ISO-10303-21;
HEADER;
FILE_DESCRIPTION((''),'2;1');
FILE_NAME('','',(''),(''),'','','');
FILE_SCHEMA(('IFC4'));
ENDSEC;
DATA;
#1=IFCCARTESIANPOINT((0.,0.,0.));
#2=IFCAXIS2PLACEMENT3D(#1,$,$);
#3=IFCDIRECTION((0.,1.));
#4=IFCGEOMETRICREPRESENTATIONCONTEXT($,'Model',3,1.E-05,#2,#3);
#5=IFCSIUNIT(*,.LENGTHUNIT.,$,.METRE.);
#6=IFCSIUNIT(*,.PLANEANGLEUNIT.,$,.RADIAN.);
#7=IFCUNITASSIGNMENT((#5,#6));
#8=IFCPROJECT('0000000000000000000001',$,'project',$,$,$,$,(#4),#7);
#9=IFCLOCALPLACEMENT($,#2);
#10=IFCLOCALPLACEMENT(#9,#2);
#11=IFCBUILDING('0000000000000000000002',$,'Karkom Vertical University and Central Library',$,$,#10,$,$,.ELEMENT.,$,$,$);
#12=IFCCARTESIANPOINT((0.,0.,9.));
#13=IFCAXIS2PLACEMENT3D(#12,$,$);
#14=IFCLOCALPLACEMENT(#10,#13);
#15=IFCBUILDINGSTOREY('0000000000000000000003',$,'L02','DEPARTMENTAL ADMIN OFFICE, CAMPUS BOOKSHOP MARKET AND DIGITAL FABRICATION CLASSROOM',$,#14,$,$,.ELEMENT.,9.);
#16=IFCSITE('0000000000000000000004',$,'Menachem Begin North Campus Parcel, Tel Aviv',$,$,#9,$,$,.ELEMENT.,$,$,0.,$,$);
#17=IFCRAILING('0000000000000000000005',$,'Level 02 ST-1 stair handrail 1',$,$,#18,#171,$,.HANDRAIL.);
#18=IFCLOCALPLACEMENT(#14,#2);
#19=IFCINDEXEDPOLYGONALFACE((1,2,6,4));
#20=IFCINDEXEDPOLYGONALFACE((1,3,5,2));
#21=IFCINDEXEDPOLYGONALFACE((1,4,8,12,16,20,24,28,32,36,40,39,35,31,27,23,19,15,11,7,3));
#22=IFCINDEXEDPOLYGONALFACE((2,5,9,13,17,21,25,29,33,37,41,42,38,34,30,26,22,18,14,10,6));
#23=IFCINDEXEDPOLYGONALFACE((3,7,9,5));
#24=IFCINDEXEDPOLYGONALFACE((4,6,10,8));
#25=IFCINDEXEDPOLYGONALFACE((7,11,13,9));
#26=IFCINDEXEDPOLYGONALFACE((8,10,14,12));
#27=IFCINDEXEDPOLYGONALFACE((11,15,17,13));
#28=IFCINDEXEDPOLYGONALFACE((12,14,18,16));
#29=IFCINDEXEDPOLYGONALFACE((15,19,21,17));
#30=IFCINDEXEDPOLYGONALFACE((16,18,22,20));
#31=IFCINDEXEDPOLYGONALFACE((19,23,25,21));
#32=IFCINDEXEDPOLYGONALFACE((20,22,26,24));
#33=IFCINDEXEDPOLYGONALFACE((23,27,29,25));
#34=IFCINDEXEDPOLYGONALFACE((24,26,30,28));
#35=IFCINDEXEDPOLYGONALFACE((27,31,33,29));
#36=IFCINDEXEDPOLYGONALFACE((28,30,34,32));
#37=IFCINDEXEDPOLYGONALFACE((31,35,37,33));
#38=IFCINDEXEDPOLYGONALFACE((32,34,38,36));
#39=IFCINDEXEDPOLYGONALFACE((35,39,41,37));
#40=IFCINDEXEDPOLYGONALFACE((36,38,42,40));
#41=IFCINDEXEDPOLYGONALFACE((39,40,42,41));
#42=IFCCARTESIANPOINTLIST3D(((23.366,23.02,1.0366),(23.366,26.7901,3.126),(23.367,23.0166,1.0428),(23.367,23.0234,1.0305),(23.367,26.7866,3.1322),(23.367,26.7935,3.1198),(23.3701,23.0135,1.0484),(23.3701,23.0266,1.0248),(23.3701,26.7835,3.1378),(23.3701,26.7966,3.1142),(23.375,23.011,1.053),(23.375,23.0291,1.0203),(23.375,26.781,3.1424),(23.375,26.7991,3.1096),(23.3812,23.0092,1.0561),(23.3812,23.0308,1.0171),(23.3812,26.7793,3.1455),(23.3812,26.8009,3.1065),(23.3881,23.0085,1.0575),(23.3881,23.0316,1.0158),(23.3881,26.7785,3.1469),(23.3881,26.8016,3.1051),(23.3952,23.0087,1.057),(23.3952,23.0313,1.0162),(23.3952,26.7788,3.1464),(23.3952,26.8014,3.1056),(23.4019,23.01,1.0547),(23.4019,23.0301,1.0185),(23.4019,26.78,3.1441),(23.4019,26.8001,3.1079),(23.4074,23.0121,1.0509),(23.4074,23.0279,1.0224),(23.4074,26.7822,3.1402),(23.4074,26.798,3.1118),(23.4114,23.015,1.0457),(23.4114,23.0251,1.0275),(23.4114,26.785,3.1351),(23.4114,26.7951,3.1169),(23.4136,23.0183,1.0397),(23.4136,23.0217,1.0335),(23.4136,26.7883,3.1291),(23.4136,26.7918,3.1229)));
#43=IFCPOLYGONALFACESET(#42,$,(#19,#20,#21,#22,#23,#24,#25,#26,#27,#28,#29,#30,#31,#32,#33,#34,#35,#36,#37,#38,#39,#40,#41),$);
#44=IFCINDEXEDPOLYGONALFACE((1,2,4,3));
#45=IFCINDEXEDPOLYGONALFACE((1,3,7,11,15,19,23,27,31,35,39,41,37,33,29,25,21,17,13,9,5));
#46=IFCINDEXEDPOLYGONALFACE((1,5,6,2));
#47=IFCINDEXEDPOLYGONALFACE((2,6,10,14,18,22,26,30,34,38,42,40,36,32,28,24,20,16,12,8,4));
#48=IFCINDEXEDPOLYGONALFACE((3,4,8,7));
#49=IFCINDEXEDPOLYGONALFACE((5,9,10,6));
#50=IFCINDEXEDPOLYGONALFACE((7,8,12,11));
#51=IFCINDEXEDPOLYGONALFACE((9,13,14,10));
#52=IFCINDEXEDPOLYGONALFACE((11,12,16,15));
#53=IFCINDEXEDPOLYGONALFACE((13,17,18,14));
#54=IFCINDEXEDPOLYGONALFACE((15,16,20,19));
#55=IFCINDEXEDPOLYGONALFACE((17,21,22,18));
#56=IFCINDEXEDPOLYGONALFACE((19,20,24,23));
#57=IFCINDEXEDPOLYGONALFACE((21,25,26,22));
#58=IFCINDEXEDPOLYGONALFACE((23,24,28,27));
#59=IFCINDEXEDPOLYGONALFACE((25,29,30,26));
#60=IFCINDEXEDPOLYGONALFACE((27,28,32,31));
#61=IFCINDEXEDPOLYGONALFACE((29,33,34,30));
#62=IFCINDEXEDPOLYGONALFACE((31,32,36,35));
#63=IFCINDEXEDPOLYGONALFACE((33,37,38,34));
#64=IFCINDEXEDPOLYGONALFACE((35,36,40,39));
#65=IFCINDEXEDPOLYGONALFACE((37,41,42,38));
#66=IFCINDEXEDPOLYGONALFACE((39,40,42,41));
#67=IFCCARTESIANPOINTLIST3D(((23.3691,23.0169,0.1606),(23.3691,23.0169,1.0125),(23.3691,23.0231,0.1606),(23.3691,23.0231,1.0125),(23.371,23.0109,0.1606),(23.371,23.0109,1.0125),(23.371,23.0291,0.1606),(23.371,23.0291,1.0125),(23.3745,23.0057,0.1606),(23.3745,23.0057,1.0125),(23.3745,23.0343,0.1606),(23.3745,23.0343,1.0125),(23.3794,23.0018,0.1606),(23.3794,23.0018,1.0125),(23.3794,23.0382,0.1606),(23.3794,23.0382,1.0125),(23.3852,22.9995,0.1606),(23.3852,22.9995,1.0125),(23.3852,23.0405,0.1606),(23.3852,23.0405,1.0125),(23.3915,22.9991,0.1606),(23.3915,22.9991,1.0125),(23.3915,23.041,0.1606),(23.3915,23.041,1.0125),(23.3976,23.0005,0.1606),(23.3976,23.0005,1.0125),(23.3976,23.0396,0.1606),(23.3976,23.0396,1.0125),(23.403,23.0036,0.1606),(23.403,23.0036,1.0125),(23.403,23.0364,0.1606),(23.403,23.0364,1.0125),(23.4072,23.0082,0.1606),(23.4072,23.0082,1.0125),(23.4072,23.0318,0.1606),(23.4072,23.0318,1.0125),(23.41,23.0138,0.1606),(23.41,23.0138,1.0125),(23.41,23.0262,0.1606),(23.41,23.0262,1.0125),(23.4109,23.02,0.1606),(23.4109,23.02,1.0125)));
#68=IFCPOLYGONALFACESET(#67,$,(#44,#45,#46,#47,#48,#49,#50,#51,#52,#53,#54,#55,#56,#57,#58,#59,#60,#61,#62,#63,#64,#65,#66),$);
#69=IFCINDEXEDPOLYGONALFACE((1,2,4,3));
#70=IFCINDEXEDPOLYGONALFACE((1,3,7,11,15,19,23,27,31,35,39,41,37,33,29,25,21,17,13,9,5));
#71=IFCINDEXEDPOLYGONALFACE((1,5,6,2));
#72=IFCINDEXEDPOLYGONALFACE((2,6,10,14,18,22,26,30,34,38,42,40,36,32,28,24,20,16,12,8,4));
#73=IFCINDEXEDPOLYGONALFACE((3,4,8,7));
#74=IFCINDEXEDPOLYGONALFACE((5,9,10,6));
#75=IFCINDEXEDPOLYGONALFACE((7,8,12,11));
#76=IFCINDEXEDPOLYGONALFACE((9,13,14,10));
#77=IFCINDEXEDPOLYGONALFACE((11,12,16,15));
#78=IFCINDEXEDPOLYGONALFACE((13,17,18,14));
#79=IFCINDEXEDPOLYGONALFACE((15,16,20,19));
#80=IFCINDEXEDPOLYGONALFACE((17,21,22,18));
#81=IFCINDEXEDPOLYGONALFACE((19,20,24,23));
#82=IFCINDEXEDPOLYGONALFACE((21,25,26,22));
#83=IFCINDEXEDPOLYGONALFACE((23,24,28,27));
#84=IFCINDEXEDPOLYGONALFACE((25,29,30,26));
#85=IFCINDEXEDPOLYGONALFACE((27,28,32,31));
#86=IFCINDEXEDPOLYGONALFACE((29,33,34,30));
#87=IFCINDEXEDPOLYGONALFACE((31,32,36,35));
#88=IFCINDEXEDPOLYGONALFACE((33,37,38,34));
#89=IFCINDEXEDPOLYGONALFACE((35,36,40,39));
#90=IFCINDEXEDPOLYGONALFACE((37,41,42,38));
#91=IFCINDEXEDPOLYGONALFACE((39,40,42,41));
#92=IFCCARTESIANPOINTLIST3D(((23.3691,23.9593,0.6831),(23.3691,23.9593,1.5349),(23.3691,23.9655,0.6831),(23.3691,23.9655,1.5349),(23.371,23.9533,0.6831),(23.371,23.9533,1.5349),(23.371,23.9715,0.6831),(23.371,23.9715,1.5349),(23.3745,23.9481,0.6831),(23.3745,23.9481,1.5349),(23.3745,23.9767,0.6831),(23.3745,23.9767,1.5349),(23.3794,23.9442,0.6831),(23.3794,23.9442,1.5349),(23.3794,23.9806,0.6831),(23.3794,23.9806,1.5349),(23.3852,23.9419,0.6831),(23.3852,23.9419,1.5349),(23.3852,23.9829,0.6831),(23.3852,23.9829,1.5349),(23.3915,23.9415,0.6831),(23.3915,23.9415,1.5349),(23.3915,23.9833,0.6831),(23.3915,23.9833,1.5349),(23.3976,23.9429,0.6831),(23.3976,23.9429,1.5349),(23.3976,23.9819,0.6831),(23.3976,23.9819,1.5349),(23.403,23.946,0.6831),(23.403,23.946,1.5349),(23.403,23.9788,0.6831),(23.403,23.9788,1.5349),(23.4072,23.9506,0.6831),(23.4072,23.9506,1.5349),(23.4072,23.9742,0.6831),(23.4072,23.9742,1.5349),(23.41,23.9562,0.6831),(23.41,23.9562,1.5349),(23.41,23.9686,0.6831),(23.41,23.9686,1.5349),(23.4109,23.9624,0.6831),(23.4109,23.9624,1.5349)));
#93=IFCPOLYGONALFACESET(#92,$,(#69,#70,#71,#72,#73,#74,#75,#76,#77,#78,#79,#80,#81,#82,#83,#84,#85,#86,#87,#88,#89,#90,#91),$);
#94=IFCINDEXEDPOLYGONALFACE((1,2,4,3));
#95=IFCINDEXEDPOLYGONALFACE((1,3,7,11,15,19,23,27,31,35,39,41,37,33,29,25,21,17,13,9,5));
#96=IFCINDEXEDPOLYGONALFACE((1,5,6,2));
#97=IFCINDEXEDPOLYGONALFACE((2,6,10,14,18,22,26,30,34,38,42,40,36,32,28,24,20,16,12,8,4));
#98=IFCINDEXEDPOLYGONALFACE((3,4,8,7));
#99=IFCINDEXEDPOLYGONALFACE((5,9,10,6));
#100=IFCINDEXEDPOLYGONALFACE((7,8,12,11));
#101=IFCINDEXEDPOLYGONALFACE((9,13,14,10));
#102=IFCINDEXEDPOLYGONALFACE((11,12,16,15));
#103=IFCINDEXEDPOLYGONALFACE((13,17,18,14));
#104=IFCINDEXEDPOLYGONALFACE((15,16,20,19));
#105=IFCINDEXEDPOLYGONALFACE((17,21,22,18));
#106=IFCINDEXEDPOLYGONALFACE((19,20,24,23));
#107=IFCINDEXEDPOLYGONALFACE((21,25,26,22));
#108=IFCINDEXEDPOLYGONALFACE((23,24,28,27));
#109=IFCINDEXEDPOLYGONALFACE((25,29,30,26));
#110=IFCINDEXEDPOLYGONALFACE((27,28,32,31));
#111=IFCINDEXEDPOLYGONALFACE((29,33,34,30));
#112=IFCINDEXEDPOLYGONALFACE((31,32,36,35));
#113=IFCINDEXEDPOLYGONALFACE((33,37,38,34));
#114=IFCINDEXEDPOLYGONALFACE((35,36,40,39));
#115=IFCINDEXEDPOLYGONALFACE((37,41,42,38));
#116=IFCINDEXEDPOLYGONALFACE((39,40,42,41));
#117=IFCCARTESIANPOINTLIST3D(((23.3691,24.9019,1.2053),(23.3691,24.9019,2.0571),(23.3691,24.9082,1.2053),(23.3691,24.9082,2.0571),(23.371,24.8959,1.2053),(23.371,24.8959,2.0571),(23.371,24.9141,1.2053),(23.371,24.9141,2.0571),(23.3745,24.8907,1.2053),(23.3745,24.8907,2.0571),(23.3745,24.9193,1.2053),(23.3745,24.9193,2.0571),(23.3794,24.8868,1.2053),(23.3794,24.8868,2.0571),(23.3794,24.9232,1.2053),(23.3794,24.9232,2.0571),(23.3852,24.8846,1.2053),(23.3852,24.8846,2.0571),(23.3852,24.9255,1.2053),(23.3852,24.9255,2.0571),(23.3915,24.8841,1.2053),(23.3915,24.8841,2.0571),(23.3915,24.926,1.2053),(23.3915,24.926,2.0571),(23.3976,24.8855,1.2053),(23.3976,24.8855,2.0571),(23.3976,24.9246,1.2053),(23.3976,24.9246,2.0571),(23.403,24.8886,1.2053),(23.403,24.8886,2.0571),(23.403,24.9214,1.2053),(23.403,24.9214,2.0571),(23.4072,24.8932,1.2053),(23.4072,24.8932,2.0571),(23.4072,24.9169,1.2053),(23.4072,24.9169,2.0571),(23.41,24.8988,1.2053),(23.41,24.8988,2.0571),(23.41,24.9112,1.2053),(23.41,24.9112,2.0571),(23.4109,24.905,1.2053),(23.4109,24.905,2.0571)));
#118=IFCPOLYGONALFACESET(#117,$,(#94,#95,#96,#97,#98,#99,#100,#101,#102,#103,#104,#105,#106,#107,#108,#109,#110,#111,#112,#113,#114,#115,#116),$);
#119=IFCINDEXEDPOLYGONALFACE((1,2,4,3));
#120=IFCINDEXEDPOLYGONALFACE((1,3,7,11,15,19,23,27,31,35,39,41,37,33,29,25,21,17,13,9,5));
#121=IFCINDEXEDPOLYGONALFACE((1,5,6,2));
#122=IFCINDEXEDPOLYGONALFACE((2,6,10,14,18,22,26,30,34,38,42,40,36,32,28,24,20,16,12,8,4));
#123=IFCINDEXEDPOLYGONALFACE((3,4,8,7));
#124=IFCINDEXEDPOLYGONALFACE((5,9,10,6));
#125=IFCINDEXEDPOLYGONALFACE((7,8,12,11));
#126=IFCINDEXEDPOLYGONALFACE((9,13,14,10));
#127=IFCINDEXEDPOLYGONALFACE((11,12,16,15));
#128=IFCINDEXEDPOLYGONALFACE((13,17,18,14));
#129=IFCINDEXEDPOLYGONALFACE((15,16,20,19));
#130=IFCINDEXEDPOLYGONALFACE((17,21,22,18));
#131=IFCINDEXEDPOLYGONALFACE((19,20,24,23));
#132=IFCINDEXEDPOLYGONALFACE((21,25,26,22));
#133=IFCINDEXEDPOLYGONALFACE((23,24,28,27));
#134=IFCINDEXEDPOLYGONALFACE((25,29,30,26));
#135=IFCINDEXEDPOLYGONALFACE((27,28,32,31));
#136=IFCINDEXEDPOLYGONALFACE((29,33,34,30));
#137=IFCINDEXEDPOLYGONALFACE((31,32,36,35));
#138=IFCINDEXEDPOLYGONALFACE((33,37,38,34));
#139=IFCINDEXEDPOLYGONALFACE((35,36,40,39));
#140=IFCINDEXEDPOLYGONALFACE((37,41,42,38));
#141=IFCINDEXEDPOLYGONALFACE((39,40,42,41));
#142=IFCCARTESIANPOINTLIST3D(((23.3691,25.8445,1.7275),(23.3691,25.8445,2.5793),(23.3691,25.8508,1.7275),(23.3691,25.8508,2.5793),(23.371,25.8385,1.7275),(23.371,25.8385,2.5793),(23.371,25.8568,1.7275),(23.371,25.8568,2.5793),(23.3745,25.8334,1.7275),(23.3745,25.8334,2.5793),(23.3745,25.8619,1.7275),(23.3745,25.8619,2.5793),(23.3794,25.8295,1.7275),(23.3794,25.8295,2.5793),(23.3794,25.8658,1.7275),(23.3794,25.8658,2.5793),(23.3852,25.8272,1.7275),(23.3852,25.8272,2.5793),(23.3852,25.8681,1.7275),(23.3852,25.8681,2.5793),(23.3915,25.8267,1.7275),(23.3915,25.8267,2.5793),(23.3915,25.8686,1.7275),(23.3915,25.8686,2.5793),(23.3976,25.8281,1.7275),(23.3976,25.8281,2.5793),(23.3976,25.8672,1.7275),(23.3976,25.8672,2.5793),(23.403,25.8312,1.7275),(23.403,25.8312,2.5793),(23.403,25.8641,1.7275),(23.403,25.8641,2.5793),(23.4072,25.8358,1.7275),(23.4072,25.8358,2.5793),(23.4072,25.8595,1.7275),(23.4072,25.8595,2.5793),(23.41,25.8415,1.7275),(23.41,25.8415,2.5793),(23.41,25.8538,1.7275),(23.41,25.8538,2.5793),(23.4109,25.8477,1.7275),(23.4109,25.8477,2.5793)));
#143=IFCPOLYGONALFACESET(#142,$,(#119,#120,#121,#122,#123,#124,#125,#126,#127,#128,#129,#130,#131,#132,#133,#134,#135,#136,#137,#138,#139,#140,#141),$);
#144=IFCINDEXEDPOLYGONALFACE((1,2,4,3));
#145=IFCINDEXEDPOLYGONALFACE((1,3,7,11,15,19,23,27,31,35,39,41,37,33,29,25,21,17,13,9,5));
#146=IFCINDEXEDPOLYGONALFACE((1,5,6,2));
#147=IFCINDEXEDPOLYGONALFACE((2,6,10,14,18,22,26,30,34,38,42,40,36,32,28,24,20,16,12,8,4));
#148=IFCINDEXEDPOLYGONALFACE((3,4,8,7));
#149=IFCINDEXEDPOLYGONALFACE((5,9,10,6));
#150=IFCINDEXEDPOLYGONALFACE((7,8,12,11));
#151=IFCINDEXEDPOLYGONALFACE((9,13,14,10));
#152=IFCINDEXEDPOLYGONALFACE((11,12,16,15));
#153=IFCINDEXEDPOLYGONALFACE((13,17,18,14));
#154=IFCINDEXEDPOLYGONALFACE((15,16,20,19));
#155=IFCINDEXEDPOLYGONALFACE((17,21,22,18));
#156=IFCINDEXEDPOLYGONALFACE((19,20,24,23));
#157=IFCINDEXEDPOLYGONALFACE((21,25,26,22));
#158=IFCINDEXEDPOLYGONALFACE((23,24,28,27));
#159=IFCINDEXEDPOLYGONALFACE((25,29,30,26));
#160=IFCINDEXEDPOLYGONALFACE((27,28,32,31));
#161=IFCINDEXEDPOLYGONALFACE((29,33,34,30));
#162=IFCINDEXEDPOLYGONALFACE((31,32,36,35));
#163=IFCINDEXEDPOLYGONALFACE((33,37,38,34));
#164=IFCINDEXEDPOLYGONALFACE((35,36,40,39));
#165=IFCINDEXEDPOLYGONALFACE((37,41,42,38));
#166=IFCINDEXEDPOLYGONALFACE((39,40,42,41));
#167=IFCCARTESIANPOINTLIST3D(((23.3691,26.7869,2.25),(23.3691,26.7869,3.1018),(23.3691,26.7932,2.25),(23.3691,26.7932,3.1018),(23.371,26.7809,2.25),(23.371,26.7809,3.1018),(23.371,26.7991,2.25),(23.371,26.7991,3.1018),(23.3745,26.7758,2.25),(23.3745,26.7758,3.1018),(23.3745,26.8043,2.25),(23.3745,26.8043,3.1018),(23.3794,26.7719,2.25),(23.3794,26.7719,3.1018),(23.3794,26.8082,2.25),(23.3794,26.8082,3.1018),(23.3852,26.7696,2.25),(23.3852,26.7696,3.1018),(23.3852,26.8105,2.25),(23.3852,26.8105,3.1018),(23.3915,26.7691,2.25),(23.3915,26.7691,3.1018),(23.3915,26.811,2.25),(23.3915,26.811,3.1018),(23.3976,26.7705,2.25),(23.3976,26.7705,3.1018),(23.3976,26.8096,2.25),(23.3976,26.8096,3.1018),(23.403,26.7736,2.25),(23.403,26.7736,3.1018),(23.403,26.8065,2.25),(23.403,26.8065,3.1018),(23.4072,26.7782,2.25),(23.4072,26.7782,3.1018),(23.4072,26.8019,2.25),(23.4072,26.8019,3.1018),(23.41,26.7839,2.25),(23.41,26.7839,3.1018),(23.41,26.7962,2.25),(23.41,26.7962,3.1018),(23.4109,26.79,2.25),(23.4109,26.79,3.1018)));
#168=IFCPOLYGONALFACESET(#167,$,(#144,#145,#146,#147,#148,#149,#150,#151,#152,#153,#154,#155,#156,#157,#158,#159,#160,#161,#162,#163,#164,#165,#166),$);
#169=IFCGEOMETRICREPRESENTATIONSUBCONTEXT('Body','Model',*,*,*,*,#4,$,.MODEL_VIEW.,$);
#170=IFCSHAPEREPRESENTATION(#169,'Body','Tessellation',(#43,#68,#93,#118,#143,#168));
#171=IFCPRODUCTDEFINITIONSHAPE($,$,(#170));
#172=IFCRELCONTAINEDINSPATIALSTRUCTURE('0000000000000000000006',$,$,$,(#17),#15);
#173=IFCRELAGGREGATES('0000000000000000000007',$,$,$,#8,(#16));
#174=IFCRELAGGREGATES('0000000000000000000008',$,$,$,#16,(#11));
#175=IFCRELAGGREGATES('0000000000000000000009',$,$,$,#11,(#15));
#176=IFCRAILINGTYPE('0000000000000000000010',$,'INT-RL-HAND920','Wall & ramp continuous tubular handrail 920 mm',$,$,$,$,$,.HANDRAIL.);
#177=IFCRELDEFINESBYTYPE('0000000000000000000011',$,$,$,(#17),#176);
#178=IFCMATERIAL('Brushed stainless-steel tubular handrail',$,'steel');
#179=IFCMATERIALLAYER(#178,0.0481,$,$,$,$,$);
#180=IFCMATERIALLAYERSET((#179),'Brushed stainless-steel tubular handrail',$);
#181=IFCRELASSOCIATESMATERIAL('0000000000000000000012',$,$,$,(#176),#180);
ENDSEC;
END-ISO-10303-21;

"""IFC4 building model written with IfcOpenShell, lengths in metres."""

from ifc_helpers import new_model, si_unit, direction, frame, origin, origin_2d, place, context, subcontext, project, spatial, circle, extrude, material, layer, layer_set, type_object, element, save


model = new_model("IFC4")

# Units and contexts
model_context = context("Model", 3, precision=1e-05, world=origin(), true_north=direction((0.0, 1.0)))
body_context = subcontext(model_context, "Body", "Model", "MODEL_VIEW")
ifc_project = project(units=[si_unit("LENGTHUNIT", "METRE"), si_unit("PLANEANGLEUNIT", "RADIAN")], contexts=[model_context])

# Site, building, storey
site_placement = place(None, origin())
site = spatial("IfcSite", under=ifc_project, at=site_placement, Name="Menachem Begin North Campus Parcel, Tel Aviv", CompositionType="ELEMENT", RefElevation=0.0)
building_placement = place(site_placement, origin())
building = spatial("IfcBuilding", under=site, at=building_placement, Name="Karkom Vertical University and Central Library", CompositionType="ELEMENT")
storey_placement = place(building_placement, frame((0.0, 0.0, 9.0)))
storey = spatial("IfcBuildingStorey", under=building, at=storey_placement, Name="L02", Description="DEPARTMENTAL ADMIN OFFICE, CAMPUS BOOKSHOP MARKET AND DIGITAL FABRICATION CLASSROOM", CompositionType="ELEMENT", Elevation=9.0)

# Railing
ifc_material_1 = material(Name="Brushed stainless-steel tubular handrail", Category="steel")
ifc_layer_1 = layer(ifc_material_1, 0.0481)
ifc_layer_set_1 = layer_set([ifc_layer_1], Name="Brushed stainless-steel tubular handrail")
railing_type_1 = type_object("IfcRailingType", Name="INT-RL-HAND920", Description="Wall & ramp continuous tubular handrail 920 mm", PredefinedType="HANDRAIL", material=ifc_layer_set_1)
railing_1_placement = place(storey_placement, frame((23.3899, 23.02, 0.1606)))
element("IfcRailing", 1, at=railing_1_placement, inside=storey, type_object=railing_type_1, Name="Level 02 ST-1 stair handrail 1", PredefinedType="HANDRAIL", context=body_context, shape_type="SweptSolid", body=[
    extrude(circle(Radius=0.0239, at=origin_2d()), frame((0.0, 0.0, 0.876), z_axis=(0.0, 0.874659, 0.484739), x_axis=(-1.0, 0.0, 0.0)), (0.0, 0.0, 1.0), 4.3103),
    extrude(circle(Radius=0.021, at=origin_2d()), origin(), (0.0, 0.0, 1.0), 0.8518),
    extrude(circle(Radius=0.021, at=origin_2d()), frame((0.0, 0.9424, 0.5225)), (0.0, 0.0, 1.0), 0.8518),
    extrude(circle(Radius=0.021, at=origin_2d()), frame((0.0, 1.885, 1.0447)), (0.0, 0.0, 1.0), 0.8518),
    extrude(circle(Radius=0.021, at=origin_2d()), frame((0.0, 2.8276, 1.5669)), (0.0, 0.0, 1.0), 0.8518),
    extrude(circle(Radius=0.021, at=origin_2d()), frame((0.0, 3.77, 2.0894)), (0.0, 0.0, 1.0), 0.8518),
])

save(model, "model.ifc")
